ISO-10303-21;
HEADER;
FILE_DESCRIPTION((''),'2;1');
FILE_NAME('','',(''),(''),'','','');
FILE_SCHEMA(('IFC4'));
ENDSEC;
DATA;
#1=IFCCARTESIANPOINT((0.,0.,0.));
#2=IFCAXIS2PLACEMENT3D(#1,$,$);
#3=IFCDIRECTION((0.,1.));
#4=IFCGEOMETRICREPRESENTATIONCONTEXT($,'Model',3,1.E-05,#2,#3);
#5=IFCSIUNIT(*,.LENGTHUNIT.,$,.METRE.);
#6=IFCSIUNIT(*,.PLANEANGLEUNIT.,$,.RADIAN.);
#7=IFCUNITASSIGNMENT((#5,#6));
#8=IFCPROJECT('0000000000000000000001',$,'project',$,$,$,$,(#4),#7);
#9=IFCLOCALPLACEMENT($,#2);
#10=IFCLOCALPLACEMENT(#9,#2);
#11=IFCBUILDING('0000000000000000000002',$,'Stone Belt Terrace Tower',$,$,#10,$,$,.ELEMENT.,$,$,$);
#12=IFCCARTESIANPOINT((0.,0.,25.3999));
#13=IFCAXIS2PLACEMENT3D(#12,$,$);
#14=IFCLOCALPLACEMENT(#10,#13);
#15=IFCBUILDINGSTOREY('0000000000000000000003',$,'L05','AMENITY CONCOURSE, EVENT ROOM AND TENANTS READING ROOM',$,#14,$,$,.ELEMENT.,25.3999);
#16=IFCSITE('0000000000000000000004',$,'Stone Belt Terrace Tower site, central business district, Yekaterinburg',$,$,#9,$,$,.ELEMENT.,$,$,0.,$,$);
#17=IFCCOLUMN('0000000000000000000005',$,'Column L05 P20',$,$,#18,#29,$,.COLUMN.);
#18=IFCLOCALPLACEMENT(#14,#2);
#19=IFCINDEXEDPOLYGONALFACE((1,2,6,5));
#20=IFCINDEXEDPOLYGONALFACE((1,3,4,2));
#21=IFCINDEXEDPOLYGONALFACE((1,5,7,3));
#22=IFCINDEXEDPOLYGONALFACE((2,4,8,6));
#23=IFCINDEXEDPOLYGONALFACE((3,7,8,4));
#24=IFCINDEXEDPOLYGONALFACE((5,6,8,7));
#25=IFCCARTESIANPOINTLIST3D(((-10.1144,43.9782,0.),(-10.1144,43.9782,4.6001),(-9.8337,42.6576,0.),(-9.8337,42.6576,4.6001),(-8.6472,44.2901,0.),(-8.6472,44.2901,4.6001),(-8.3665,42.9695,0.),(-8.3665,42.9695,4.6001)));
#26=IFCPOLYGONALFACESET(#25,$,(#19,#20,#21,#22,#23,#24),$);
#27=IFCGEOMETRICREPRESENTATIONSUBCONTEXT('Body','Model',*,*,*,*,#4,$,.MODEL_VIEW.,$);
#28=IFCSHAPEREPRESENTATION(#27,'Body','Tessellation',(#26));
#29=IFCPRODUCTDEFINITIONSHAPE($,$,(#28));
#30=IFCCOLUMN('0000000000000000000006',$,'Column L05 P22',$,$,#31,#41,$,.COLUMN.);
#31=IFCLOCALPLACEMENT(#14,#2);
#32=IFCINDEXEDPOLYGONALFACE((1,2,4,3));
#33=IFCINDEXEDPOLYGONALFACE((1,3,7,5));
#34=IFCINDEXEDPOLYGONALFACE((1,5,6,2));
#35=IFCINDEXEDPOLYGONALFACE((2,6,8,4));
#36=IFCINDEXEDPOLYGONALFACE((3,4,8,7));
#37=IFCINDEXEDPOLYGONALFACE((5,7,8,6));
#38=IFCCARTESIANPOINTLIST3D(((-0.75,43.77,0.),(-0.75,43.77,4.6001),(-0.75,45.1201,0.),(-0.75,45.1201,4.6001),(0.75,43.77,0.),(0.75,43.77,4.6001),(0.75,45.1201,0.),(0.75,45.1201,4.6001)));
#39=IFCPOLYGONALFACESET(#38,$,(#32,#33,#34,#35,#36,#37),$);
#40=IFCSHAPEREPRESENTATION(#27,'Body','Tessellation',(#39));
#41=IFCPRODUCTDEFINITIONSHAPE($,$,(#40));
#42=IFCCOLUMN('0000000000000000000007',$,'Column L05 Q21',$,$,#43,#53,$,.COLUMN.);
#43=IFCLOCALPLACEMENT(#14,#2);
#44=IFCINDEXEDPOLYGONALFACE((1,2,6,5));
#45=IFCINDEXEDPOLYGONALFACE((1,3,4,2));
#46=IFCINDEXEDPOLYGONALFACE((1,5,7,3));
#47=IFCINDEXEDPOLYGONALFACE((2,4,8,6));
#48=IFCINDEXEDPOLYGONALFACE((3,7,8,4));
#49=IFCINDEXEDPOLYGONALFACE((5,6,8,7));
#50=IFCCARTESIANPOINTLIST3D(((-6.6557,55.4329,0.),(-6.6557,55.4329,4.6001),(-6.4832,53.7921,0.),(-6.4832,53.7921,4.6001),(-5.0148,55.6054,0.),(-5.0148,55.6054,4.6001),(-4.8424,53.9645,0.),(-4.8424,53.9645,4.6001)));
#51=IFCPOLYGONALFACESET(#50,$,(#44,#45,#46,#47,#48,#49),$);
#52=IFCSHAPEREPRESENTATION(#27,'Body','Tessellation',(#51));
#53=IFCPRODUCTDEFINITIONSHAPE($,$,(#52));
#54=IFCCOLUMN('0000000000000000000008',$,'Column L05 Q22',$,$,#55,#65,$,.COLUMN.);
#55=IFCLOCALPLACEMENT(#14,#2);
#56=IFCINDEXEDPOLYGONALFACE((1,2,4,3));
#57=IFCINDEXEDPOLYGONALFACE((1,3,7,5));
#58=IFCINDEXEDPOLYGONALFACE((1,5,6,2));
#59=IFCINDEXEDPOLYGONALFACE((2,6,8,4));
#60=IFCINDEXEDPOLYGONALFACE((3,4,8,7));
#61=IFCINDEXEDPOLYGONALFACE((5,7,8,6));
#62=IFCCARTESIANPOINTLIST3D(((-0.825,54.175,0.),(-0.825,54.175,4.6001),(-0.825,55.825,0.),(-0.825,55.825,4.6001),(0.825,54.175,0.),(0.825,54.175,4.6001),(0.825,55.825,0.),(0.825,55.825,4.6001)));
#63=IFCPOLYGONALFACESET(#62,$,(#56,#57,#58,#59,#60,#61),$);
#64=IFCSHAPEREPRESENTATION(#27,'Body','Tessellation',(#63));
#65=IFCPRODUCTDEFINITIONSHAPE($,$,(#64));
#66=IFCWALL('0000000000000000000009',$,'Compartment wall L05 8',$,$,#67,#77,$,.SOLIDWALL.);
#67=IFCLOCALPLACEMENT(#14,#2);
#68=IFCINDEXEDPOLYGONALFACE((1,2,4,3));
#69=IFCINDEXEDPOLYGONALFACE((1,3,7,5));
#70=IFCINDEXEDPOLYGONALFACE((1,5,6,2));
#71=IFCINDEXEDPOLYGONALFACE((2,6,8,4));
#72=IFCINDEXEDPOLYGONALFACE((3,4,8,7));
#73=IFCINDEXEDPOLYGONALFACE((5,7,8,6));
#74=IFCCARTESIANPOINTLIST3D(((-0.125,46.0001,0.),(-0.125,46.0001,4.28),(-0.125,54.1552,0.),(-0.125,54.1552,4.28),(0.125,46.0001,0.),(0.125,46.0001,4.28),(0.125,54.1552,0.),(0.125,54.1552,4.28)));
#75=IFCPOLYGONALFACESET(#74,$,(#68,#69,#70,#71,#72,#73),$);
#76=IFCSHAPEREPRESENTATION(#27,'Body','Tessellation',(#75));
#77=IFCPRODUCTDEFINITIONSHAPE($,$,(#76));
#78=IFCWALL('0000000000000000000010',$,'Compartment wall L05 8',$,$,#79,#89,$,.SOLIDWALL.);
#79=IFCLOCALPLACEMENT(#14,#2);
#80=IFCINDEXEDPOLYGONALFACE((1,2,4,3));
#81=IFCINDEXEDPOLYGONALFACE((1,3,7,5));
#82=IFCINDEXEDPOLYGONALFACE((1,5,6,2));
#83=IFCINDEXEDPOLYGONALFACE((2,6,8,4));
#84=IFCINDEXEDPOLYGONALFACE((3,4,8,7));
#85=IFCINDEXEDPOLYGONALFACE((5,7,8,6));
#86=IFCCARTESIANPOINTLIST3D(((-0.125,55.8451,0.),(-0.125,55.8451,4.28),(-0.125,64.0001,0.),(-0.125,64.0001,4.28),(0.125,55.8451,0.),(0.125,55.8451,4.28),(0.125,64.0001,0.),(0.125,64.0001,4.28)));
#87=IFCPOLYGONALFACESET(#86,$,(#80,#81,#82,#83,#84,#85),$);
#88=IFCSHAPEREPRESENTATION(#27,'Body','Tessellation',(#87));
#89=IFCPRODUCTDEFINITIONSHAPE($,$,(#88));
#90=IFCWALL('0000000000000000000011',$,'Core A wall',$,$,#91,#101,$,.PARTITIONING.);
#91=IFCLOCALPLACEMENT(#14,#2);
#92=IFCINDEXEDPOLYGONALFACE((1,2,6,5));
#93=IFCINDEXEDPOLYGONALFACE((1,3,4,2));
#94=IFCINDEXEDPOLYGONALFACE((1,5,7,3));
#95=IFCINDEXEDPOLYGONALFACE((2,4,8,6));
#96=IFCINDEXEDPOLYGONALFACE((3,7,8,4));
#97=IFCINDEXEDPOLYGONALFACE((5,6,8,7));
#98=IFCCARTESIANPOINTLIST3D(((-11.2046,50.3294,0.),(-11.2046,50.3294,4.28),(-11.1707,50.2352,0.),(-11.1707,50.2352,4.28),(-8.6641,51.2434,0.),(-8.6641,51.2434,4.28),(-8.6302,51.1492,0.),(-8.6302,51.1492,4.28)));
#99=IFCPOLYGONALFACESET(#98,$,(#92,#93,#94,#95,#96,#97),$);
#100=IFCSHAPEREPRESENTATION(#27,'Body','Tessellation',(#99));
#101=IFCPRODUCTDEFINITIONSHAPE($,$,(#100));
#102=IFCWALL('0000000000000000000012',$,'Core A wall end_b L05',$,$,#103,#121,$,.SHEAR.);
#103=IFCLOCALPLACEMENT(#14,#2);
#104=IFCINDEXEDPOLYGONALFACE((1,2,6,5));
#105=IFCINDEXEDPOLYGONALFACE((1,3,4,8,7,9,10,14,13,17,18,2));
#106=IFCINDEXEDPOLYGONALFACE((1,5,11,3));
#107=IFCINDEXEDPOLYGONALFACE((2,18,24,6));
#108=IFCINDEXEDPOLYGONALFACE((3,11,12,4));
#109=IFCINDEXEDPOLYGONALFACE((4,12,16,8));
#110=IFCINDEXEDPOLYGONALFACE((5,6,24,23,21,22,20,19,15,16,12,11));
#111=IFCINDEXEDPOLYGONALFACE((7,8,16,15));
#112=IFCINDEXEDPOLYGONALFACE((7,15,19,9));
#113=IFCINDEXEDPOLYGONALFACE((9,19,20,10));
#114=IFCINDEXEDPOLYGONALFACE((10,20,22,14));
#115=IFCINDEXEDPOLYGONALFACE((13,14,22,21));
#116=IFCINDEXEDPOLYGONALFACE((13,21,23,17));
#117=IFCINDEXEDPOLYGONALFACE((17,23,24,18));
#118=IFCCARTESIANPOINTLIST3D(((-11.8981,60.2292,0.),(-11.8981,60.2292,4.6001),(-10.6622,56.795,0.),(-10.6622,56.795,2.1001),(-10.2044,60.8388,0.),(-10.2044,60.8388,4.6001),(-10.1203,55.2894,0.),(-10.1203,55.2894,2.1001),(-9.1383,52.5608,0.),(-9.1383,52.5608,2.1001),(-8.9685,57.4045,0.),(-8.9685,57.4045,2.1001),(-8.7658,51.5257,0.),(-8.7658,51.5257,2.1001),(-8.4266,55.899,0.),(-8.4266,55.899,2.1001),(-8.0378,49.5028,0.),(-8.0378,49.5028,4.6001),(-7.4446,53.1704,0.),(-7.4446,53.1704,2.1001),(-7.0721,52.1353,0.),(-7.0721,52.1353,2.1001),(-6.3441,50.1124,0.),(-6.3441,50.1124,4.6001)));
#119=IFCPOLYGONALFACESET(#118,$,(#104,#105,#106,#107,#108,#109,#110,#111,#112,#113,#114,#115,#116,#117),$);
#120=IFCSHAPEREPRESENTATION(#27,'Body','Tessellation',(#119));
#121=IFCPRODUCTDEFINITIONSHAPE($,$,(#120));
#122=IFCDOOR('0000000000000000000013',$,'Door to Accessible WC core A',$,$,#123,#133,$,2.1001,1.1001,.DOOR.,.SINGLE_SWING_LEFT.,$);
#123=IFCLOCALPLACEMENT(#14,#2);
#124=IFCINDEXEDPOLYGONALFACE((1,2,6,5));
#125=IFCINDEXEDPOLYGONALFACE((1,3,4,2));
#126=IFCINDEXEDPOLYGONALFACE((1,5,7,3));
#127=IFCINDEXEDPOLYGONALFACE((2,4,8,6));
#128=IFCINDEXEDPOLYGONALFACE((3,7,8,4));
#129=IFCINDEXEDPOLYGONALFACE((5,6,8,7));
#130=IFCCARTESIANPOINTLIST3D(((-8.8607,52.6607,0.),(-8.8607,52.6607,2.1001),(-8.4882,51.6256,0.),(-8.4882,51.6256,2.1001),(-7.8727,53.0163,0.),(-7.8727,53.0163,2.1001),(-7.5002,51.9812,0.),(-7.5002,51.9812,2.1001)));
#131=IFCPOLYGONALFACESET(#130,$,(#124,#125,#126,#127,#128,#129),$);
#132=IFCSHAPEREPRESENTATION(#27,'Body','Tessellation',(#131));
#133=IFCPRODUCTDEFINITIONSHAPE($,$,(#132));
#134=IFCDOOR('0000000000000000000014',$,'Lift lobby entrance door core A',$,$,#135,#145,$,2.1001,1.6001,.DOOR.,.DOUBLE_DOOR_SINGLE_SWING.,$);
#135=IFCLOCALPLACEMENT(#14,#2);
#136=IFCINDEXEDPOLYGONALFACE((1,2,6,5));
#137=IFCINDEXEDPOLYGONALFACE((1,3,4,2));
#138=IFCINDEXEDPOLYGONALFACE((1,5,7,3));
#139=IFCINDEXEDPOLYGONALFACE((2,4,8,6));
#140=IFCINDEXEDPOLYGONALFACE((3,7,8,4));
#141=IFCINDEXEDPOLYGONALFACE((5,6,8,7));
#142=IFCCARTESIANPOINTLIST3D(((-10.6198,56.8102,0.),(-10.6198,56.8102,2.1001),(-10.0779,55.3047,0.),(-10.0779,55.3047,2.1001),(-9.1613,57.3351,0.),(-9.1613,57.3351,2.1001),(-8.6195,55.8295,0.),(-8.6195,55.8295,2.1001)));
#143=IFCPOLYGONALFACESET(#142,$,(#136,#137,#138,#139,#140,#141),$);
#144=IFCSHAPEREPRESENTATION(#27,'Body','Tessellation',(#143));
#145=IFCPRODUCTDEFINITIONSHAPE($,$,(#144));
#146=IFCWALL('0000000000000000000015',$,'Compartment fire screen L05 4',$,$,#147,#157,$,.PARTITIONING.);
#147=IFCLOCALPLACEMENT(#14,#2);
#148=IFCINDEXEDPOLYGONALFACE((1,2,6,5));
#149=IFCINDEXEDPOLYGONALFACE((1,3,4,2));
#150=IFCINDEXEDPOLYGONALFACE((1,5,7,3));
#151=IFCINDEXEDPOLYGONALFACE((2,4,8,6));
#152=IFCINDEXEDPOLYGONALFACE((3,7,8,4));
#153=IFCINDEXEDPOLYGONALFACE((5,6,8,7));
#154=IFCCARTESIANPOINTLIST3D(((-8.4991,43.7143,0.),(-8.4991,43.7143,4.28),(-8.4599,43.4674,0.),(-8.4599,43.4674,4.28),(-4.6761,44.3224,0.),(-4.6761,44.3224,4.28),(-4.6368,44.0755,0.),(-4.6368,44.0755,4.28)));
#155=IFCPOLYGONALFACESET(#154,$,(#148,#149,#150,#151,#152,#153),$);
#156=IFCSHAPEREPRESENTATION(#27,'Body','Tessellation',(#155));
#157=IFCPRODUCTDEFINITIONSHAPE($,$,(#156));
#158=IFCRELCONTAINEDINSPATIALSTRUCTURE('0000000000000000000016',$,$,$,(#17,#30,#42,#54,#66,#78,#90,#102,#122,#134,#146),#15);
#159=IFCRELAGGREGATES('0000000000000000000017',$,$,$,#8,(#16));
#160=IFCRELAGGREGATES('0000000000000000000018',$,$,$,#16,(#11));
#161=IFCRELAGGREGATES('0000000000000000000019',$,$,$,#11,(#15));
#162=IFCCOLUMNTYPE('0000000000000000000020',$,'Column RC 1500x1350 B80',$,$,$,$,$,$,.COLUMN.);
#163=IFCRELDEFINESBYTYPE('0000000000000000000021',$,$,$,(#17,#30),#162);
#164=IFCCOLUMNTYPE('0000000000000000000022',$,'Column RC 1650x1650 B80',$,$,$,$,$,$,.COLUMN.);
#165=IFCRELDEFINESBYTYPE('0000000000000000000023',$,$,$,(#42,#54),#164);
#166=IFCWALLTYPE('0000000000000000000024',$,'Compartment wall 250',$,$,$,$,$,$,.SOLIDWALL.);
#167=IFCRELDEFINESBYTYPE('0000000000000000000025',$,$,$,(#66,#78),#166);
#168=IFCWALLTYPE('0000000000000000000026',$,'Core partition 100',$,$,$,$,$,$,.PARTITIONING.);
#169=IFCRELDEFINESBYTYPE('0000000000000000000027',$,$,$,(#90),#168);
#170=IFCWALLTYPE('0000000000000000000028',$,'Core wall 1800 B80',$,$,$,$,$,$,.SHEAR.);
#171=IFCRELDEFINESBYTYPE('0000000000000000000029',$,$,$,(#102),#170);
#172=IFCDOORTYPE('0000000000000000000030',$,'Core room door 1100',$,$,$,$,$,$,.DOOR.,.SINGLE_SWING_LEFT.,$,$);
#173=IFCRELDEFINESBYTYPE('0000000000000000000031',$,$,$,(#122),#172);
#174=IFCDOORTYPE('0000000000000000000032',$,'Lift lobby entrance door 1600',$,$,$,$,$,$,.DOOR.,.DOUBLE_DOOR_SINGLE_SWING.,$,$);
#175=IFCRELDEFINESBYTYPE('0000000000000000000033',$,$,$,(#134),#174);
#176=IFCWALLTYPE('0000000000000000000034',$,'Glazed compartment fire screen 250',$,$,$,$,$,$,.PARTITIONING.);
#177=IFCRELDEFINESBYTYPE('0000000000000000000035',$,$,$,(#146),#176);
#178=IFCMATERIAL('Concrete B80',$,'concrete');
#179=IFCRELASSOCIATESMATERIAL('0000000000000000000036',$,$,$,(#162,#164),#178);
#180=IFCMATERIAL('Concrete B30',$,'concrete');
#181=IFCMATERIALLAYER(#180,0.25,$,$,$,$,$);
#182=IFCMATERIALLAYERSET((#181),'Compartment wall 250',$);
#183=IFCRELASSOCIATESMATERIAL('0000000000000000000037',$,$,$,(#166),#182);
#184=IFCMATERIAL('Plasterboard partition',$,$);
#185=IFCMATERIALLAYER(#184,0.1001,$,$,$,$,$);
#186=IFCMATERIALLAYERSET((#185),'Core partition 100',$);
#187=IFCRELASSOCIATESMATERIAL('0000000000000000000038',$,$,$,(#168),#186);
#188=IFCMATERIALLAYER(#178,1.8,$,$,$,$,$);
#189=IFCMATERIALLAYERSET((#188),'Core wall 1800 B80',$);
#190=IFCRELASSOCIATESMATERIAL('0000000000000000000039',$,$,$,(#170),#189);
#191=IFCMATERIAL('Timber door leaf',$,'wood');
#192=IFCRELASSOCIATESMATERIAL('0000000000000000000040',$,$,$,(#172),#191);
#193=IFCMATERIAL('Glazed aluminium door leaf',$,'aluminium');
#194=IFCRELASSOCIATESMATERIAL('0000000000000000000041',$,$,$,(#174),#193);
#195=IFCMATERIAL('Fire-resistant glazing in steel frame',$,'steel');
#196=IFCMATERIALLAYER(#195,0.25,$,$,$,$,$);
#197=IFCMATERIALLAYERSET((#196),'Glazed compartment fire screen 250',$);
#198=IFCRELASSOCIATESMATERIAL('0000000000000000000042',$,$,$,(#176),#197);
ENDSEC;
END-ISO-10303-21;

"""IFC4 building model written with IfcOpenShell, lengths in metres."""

from ifc_helpers import new_model, si_unit, direction, frame, frame_2d, origin, origin_2d, place, context, subcontext, project, spatial, rectangle, extrude, material, layer, layer_set, material_profile, profile_set, type_object, element, fill, save


model = new_model("IFC4")

# Units and contexts
model_context = context("Model", 3, precision=1e-05, world=origin(), true_north=direction((0.0, 1.0)))
body_context = subcontext(model_context, "Body", "Model", "MODEL_VIEW")
ifc_project = project(units=[si_unit("LENGTHUNIT", "METRE"), si_unit("PLANEANGLEUNIT", "RADIAN")], contexts=[model_context])

# Site, building, storey
site_placement = place(None, origin())
site = spatial("IfcSite", under=ifc_project, at=site_placement, Name="Stone Belt Terrace Tower site, central business district, Yekaterinburg", CompositionType="ELEMENT", RefElevation=0.0)
building_placement = place(site_placement, origin())
building = spatial("IfcBuilding", under=site, at=building_placement, Name="Stone Belt Terrace Tower", CompositionType="ELEMENT")
storey_placement = place(building_placement, frame((0.0, 0.0, 25.3999)))
storey = spatial("IfcBuildingStorey", under=building, at=storey_placement, Name="L05", Description="AMENITY CONCOURSE, EVENT ROOM AND TENANTS READING ROOM", CompositionType="ELEMENT", Elevation=25.3999)

# Columns
ifc_material_1 = material(Name="Concrete B80", Category="concrete")
ifc_material_profile_1 = material_profile(ifc_material_1, rectangle(XDim=1.5, YDim=1.3501, at=origin_2d()), Name="RC 1500x1350")
ifc_profile_set_1 = profile_set([ifc_material_profile_1], Name="Concrete B80")
column_type_1 = type_object("IfcColumnType", Name="Column RC 1500x1350 B80", PredefinedType="COLUMN", material=ifc_profile_set_1)
for number, where, z_axis, x_axis, name in (
    (1, (-9.2405, 43.4739, 0.0), (0.0, 0.0, 1.0), (0.978148, 0.207912, 0.0), "Column L05 P20"),
    (2, (0.0, 44.4451, 0.0), (0.0, 0.0, 1.0), (1.0, 0.0, 0.0), "Column L05 P22"),
):
    element("IfcColumn", number, at=place(storey_placement, frame(where, z_axis=z_axis, x_axis=x_axis)), inside=storey, type_object=column_type_1, Name=name, PredefinedType="COLUMN", context=body_context, shape_type="SweptSolid", body=[
        extrude(rectangle(XDim=1.5, YDim=1.3501, at=origin_2d()), origin(), (0.0, 0.0, 1.0), 4.6001),
    ])
ifc_material_profile_2 = material_profile(ifc_material_1, rectangle(XDim=1.6499, YDim=1.6499, at=origin_2d()), Name="RC 1650x1650")
ifc_profile_set_2 = profile_set([ifc_material_profile_2], Name="Concrete B80")
column_type_2 = type_object("IfcColumnType", Name="Column RC 1650x1650 B80", PredefinedType="COLUMN", material=ifc_profile_set_2)
for number, where, z_axis, x_axis, name in (
    (3, (-5.749, 54.6987, 0.0), (0.0, 0.0, 1.0), (0.994522, 0.104528, 0.0), "Column L05 Q21"),
    (4, (0.0, 55.0, 0.0), (0.0, 0.0, 1.0), (1.0, 0.0, 0.0), "Column L05 Q22"),
):
    element("IfcColumn", number, at=place(storey_placement, frame(where, z_axis=z_axis, x_axis=x_axis)), inside=storey, type_object=column_type_2, Name=name, PredefinedType="COLUMN", context=body_context, shape_type="SweptSolid", body=[
        extrude(rectangle(XDim=1.6499, YDim=1.6499, at=origin_2d()), origin(), (0.0, 0.0, 1.0), 4.6001),
    ])

# Walls
ifc_material_2 = material(Name="Concrete B30", Category="concrete")
ifc_layer_1 = layer(ifc_material_2, 0.25)
ifc_layer_set_1 = layer_set([ifc_layer_1], Name="Compartment wall 250")
wall_type_1 = type_object("IfcWallType", Name="Compartment wall 250", PredefinedType="SOLIDWALL", material=ifc_layer_set_1)
for number, where, z_axis, x_axis, name in (
    (5, (0.0, 46.0, 0.0), (0.0, 0.0, 1.0), (0.0, 1.0, 0.0), "Compartment wall L05 8"),
    (6, (0.0, 55.845, 0.0), (0.0, 0.0, 1.0), (0.0, 1.0, 0.0), "Compartment wall L05 8"),
):
    element("IfcWall", number, at=place(storey_placement, frame(where, z_axis=z_axis, x_axis=x_axis)), inside=storey, type_object=wall_type_1, Name=name, PredefinedType="SOLIDWALL", context=body_context, shape_type="SweptSolid", body=[
        extrude(rectangle(XDim=8.155, YDim=0.25, at=frame_2d((4.0776, 0.0))), origin(), (0.0, 0.0, 1.0), 4.28),
    ])
ifc_material_3 = material(Name="Plasterboard partition")
ifc_layer_2 = layer(ifc_material_3, 0.1001)
ifc_layer_set_2 = layer_set([ifc_layer_2], Name="Core partition 100")
wall_type_2 = type_object("IfcWallType", Name="Core partition 100", PredefinedType="PARTITIONING", material=ifc_layer_set_2)
wall_1_placement = place(storey_placement, frame((-11.1877, 50.2822, 0.0), z_axis=(0.0, 0.0, 1.0), x_axis=(0.94095, 0.338547, 0.0)))
element("IfcWall", 7, at=wall_1_placement, inside=storey, type_object=wall_type_2, Name="Core A wall", PredefinedType="PARTITIONING", context=body_context, shape_type="SweptSolid", body=[
    extrude(rectangle(XDim=2.7, YDim=0.1001, at=frame_2d((1.3501, 0.0))), origin(), (0.0, 0.0, 1.0), 4.28),
])

# Wall, openings, doors
ifc_layer_3 = layer(ifc_material_1, 1.8)
ifc_layer_set_3 = layer_set([ifc_layer_3], Name="Core wall 1800 B80")
wall_type_3 = type_object("IfcWallType", Name="Core wall 1800 B80", PredefinedType="SHEAR", material=ifc_layer_set_3)
wall_2_placement = place(storey_placement, frame((-7.1909, 49.8076, 0.0), z_axis=(0.0, 0.0, 1.0), x_axis=(-0.338632, 0.940919, 0.0)))
wall_2 = element("IfcWall", 8, at=wall_2_placement, inside=storey, type_object=wall_type_3, Name="Core A wall end_b L05", PredefinedType="SHEAR", context=body_context, shape_type="SweptSolid", body=[
    extrude(rectangle(XDim=11.3999, YDim=1.8, at=frame_2d((5.7, 0.0))), origin(), (0.0, 0.0, 1.0), 4.6001),
])
opening_1_placement = place(wall_2_placement, frame((6.1499, 0.0, 0.0)))
opening_1 = element("IfcOpeningElement", 9, at=opening_1_placement, cuts=wall_2, PredefinedType="OPENING", context=body_context, shape_type="SweptSolid", body=[
    extrude(rectangle(XDim=1.6001, YDim=2.1001, at=frame_2d((0.8, 1.05))), frame((0.0, 0.9099, 0.0), z_axis=(0.0, -1.0, 0.0), x_axis=(1.0, 0.0, 0.0)), (0.0, 0.0, 1.0), 1.8201),
])
opening_2_placement = place(wall_2_placement, frame((2.1499, 0.0, 0.0)))
opening_2 = element("IfcOpeningElement", 10, at=opening_2_placement, cuts=wall_2, PredefinedType="OPENING", context=body_context, shape_type="SweptSolid", body=[
    extrude(rectangle(XDim=1.1001, YDim=2.1001, at=frame_2d((0.55, 1.05))), frame((0.0, 0.9099, 0.0), z_axis=(0.0, -1.0, 0.0), x_axis=(1.0, 0.0, 0.0)), (0.0, 0.0, 1.0), 1.8201),
])
ifc_material_4 = material(Name="Timber door leaf", Category="wood")
door_type_1 = type_object("IfcDoorType", Name="Core room door 1100", OperationType="SINGLE_SWING_LEFT", PredefinedType="DOOR", material=ifc_material_4)
door_1_placement = place(opening_2_placement, origin())
door_1 = element("IfcDoor", 11, at=door_1_placement, inside=storey, type_object=door_type_1, Name="Door to Accessible WC core A", OperationType="SINGLE_SWING_LEFT", OverallHeight=2.1001, OverallWidth=1.1001, PredefinedType="DOOR", context=body_context, shape_type="SweptSolid", body=[
    extrude(rectangle(XDim=1.1001, YDim=2.1001, at=frame_2d((0.55, 1.05))), frame((0.0, 0.605, 0.0), z_axis=(0.0, -1.0, 0.0), x_axis=(1.0, 0.0, 0.0)), (0.0, 0.0, 1.0), 1.05),
])
fill(opening_2, door_1)
ifc_material_5 = material(Name="Glazed aluminium door leaf", Category="aluminium")
door_type_2 = type_object("IfcDoorType", Name="Lift lobby entrance door 1600", OperationType="DOUBLE_DOOR_SINGLE_SWING", PredefinedType="DOOR", material=ifc_material_5)
door_2_placement = place(opening_1_placement, origin())
door_2 = element("IfcDoor", 12, at=door_2_placement, inside=storey, type_object=door_type_2, Name="Lift lobby entrance door core A", OperationType="DOUBLE_DOOR_SINGLE_SWING", OverallHeight=2.1001, OverallWidth=1.6001, PredefinedType="DOOR", context=body_context, shape_type="SweptSolid", body=[
    extrude(rectangle(XDim=1.6001, YDim=2.1001, at=frame_2d((0.8, 1.05))), frame((0.0, 0.855, 0.0), z_axis=(0.0, -1.0, 0.0), x_axis=(1.0, 0.0, 0.0)), (0.0, 0.0, 1.0), 1.55),
])
fill(opening_1, door_2)

# Wall
ifc_material_6 = material(Name="Fire-resistant glazing in steel frame", Category="steel")
ifc_layer_4 = layer(ifc_material_6, 0.25)
ifc_layer_set_4 = layer_set([ifc_layer_4], Name="Glazed compartment fire screen 250")
wall_type_4 = type_object("IfcWallType", Name="Glazed compartment fire screen 250", PredefinedType="PARTITIONING", material=ifc_layer_set_4)
wall_3_placement = place(storey_placement, frame((-8.4795, 43.5908, 0.0), z_axis=(0.0, 0.0, 1.0), x_axis=(0.987582, 0.157102, 0.0)))
element("IfcWall", 13, at=wall_3_placement, inside=storey, type_object=wall_type_4, Name="Compartment fire screen L05 4", PredefinedType="PARTITIONING", context=body_context, shape_type="SweptSolid", body=[
    extrude(rectangle(XDim=3.8711, YDim=0.25, at=frame_2d((1.9355, 0.0))), origin(), (0.0, 0.0, 1.0), 4.28),
])

save(model, "model.ifc")
